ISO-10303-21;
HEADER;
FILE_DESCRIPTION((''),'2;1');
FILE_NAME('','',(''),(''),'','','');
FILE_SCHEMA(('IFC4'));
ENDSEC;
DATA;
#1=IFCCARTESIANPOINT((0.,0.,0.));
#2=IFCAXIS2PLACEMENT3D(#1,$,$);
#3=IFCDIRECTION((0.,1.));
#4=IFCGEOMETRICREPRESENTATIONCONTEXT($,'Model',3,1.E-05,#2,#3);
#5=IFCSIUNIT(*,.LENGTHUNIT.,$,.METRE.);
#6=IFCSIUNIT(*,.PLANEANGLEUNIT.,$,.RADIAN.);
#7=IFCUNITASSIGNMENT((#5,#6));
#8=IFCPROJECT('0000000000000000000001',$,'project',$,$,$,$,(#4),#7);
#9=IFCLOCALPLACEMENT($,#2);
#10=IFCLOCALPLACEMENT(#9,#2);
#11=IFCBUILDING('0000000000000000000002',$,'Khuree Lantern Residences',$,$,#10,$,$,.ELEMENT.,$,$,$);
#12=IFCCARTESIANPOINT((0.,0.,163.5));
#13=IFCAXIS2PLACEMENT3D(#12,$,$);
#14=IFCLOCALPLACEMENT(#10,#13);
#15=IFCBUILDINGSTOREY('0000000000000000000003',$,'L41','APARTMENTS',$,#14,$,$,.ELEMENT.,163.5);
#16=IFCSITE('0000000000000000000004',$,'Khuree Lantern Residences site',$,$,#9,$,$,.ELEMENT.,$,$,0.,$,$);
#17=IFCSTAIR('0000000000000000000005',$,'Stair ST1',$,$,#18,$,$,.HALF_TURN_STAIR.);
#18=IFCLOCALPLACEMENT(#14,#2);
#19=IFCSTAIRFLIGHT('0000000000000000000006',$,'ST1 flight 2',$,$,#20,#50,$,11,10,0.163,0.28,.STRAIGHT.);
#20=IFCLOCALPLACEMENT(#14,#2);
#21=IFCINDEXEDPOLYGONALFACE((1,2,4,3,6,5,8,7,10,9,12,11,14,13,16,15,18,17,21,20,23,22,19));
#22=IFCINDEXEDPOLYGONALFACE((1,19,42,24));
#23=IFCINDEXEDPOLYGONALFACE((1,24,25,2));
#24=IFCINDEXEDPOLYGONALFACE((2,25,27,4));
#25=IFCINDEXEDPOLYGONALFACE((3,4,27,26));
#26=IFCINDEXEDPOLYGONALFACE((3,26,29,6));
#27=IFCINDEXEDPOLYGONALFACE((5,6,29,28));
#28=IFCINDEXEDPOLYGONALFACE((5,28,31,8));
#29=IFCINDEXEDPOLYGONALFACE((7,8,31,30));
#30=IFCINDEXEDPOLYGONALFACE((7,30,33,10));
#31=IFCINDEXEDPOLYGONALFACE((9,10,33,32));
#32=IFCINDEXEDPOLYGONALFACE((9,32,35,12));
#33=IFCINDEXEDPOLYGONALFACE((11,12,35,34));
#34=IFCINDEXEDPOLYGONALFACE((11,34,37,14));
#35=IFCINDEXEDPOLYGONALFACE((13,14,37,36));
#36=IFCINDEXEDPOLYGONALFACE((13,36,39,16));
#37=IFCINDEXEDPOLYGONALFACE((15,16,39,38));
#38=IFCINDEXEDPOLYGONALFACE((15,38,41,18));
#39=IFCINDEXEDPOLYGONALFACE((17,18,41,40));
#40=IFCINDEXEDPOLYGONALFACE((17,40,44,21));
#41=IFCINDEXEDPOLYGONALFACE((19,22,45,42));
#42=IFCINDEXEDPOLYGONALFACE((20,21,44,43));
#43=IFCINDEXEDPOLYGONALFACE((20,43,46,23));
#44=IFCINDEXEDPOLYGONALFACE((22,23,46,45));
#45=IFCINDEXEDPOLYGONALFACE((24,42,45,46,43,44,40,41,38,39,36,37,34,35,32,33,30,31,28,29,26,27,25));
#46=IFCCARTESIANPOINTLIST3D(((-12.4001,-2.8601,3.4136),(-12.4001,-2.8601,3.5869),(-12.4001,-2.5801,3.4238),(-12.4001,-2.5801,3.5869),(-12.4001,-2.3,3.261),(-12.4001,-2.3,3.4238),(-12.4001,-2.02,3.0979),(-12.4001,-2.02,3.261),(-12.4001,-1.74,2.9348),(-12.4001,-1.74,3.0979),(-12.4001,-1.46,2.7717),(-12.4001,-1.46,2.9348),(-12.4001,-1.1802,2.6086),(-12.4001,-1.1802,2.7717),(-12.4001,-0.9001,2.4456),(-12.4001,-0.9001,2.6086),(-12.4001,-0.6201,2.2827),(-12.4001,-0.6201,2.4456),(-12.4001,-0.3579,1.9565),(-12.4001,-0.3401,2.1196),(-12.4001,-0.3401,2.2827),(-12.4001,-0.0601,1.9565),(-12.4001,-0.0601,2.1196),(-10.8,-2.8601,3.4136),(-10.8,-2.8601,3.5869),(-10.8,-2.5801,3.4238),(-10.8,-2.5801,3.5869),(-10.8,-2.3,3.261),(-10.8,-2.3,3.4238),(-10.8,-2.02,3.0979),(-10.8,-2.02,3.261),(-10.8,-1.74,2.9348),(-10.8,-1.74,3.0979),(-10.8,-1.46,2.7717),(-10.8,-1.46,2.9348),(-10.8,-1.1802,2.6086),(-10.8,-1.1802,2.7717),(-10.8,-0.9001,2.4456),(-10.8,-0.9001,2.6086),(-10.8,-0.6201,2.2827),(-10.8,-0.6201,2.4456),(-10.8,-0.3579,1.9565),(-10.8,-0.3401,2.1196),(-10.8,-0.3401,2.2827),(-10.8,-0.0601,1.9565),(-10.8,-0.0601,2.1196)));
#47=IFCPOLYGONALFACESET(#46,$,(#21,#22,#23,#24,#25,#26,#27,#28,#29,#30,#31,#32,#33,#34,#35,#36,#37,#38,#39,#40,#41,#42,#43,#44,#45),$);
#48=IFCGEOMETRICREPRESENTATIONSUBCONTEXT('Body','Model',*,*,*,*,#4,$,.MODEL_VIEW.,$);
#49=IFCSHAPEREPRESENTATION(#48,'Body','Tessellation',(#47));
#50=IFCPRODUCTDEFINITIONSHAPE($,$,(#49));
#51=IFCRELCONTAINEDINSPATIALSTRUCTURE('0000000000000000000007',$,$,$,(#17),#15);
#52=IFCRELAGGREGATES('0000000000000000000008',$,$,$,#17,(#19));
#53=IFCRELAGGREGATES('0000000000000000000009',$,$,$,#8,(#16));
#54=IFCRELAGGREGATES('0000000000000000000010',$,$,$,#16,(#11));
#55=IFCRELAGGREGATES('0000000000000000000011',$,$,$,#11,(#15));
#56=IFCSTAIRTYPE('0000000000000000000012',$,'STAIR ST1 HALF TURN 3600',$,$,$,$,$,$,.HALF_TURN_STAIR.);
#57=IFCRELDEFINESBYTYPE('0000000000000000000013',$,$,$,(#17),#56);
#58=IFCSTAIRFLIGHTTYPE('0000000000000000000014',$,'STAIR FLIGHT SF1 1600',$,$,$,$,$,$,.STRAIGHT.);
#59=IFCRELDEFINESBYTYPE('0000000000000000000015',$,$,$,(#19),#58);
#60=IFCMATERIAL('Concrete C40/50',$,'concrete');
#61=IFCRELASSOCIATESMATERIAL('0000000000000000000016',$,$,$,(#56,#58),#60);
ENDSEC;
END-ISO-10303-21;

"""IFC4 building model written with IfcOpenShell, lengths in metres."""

from ifc_helpers import new_model, si_unit, direction, frame, origin, place, context, subcontext, project, spatial, polyline, outline, extrude, material, type_object, element, aggregate, save


model = new_model("IFC4")

# Units and contexts
model_context = context("Model", 3, precision=1e-05, world=origin(), true_north=direction((0.0, 1.0)))
body_context = subcontext(model_context, "Body", "Model", "MODEL_VIEW")
ifc_project = project(units=[si_unit("LENGTHUNIT", "METRE"), si_unit("PLANEANGLEUNIT", "RADIAN")], contexts=[model_context])

# Site, building, storey
site_placement = place(None, origin())
site = spatial("IfcSite", under=ifc_project, at=site_placement, Name="Khuree Lantern Residences site", CompositionType="ELEMENT", RefElevation=0.0)
building_placement = place(site_placement, origin())
building = spatial("IfcBuilding", under=site, at=building_placement, Name="Khuree Lantern Residences", CompositionType="ELEMENT")
storey_placement = place(building_placement, frame((0.0, 0.0, 163.5)))
storey = spatial("IfcBuildingStorey", under=building, at=storey_placement, Name="L41", Description="APARTMENTS", CompositionType="ELEMENT", Elevation=163.5)

# Stair, stair flight
ifc_material_1 = material(Name="Concrete C40/50", Category="concrete")
stair_type = type_object("IfcStairType", Name="STAIR ST1 HALF TURN 3600", PredefinedType="HALF_TURN_STAIR", material=ifc_material_1)
stair_placement = place(storey_placement, origin())
stair = element("IfcStair", 1, at=stair_placement, inside=storey, type_object=stair_type, Name="Stair ST1", PredefinedType="HALF_TURN_STAIR")
stair_flight_type = type_object("IfcStairFlightType", Name="STAIR FLIGHT SF1 1600", PredefinedType="STRAIGHT", material=ifc_material_1)
stair_flight_placement = place(storey_placement, frame((-11.6001, -0.0601, 1.9565), z_axis=(0.0, 0.0, 1.0), x_axis=(0.0, -1.0, 0.0)))
stair_flight = element("IfcStairFlight", 2, at=stair_flight_placement, type_object=stair_flight_type, Name="ST1 flight 2", NumberOfRisers=11, NumberOfTreads=10, PredefinedType="STRAIGHT", RiserHeight=0.163, TreadLength=0.28, context=body_context, shape_type="SweptSolid", body=[
    extrude(outline(polyline([(0.0, 0.0), (0.0, 0.1631), (0.28, 0.1631), (0.28, 0.3262), (0.5601, 0.3262), (0.5601, 0.489), (0.8401, 0.489), (0.8401, 0.6521), (1.1201, 0.6521), (1.1201, 0.8152), (1.3999, 0.8152), (1.3999, 0.9783), (1.6799, 0.9783), (1.6799, 1.1414), (1.96, 1.1414), (1.96, 1.3044), (2.24, 1.3044), (2.24, 1.4673), (2.52, 1.4673), (2.52, 1.6304), (2.8, 1.6304), (2.8, 1.7935), (2.8, 1.457), (0.2979, 0.0), (0.0, 0.0)])), frame((0.0, 0.8, 0.0), z_axis=(0.0, -1.0, 0.0), x_axis=(1.0, 0.0, 0.0)), (0.0, 0.0, 1.0), 1.6001),
])
aggregate(stair, [stair_flight])

save(model, "model.ifc")
